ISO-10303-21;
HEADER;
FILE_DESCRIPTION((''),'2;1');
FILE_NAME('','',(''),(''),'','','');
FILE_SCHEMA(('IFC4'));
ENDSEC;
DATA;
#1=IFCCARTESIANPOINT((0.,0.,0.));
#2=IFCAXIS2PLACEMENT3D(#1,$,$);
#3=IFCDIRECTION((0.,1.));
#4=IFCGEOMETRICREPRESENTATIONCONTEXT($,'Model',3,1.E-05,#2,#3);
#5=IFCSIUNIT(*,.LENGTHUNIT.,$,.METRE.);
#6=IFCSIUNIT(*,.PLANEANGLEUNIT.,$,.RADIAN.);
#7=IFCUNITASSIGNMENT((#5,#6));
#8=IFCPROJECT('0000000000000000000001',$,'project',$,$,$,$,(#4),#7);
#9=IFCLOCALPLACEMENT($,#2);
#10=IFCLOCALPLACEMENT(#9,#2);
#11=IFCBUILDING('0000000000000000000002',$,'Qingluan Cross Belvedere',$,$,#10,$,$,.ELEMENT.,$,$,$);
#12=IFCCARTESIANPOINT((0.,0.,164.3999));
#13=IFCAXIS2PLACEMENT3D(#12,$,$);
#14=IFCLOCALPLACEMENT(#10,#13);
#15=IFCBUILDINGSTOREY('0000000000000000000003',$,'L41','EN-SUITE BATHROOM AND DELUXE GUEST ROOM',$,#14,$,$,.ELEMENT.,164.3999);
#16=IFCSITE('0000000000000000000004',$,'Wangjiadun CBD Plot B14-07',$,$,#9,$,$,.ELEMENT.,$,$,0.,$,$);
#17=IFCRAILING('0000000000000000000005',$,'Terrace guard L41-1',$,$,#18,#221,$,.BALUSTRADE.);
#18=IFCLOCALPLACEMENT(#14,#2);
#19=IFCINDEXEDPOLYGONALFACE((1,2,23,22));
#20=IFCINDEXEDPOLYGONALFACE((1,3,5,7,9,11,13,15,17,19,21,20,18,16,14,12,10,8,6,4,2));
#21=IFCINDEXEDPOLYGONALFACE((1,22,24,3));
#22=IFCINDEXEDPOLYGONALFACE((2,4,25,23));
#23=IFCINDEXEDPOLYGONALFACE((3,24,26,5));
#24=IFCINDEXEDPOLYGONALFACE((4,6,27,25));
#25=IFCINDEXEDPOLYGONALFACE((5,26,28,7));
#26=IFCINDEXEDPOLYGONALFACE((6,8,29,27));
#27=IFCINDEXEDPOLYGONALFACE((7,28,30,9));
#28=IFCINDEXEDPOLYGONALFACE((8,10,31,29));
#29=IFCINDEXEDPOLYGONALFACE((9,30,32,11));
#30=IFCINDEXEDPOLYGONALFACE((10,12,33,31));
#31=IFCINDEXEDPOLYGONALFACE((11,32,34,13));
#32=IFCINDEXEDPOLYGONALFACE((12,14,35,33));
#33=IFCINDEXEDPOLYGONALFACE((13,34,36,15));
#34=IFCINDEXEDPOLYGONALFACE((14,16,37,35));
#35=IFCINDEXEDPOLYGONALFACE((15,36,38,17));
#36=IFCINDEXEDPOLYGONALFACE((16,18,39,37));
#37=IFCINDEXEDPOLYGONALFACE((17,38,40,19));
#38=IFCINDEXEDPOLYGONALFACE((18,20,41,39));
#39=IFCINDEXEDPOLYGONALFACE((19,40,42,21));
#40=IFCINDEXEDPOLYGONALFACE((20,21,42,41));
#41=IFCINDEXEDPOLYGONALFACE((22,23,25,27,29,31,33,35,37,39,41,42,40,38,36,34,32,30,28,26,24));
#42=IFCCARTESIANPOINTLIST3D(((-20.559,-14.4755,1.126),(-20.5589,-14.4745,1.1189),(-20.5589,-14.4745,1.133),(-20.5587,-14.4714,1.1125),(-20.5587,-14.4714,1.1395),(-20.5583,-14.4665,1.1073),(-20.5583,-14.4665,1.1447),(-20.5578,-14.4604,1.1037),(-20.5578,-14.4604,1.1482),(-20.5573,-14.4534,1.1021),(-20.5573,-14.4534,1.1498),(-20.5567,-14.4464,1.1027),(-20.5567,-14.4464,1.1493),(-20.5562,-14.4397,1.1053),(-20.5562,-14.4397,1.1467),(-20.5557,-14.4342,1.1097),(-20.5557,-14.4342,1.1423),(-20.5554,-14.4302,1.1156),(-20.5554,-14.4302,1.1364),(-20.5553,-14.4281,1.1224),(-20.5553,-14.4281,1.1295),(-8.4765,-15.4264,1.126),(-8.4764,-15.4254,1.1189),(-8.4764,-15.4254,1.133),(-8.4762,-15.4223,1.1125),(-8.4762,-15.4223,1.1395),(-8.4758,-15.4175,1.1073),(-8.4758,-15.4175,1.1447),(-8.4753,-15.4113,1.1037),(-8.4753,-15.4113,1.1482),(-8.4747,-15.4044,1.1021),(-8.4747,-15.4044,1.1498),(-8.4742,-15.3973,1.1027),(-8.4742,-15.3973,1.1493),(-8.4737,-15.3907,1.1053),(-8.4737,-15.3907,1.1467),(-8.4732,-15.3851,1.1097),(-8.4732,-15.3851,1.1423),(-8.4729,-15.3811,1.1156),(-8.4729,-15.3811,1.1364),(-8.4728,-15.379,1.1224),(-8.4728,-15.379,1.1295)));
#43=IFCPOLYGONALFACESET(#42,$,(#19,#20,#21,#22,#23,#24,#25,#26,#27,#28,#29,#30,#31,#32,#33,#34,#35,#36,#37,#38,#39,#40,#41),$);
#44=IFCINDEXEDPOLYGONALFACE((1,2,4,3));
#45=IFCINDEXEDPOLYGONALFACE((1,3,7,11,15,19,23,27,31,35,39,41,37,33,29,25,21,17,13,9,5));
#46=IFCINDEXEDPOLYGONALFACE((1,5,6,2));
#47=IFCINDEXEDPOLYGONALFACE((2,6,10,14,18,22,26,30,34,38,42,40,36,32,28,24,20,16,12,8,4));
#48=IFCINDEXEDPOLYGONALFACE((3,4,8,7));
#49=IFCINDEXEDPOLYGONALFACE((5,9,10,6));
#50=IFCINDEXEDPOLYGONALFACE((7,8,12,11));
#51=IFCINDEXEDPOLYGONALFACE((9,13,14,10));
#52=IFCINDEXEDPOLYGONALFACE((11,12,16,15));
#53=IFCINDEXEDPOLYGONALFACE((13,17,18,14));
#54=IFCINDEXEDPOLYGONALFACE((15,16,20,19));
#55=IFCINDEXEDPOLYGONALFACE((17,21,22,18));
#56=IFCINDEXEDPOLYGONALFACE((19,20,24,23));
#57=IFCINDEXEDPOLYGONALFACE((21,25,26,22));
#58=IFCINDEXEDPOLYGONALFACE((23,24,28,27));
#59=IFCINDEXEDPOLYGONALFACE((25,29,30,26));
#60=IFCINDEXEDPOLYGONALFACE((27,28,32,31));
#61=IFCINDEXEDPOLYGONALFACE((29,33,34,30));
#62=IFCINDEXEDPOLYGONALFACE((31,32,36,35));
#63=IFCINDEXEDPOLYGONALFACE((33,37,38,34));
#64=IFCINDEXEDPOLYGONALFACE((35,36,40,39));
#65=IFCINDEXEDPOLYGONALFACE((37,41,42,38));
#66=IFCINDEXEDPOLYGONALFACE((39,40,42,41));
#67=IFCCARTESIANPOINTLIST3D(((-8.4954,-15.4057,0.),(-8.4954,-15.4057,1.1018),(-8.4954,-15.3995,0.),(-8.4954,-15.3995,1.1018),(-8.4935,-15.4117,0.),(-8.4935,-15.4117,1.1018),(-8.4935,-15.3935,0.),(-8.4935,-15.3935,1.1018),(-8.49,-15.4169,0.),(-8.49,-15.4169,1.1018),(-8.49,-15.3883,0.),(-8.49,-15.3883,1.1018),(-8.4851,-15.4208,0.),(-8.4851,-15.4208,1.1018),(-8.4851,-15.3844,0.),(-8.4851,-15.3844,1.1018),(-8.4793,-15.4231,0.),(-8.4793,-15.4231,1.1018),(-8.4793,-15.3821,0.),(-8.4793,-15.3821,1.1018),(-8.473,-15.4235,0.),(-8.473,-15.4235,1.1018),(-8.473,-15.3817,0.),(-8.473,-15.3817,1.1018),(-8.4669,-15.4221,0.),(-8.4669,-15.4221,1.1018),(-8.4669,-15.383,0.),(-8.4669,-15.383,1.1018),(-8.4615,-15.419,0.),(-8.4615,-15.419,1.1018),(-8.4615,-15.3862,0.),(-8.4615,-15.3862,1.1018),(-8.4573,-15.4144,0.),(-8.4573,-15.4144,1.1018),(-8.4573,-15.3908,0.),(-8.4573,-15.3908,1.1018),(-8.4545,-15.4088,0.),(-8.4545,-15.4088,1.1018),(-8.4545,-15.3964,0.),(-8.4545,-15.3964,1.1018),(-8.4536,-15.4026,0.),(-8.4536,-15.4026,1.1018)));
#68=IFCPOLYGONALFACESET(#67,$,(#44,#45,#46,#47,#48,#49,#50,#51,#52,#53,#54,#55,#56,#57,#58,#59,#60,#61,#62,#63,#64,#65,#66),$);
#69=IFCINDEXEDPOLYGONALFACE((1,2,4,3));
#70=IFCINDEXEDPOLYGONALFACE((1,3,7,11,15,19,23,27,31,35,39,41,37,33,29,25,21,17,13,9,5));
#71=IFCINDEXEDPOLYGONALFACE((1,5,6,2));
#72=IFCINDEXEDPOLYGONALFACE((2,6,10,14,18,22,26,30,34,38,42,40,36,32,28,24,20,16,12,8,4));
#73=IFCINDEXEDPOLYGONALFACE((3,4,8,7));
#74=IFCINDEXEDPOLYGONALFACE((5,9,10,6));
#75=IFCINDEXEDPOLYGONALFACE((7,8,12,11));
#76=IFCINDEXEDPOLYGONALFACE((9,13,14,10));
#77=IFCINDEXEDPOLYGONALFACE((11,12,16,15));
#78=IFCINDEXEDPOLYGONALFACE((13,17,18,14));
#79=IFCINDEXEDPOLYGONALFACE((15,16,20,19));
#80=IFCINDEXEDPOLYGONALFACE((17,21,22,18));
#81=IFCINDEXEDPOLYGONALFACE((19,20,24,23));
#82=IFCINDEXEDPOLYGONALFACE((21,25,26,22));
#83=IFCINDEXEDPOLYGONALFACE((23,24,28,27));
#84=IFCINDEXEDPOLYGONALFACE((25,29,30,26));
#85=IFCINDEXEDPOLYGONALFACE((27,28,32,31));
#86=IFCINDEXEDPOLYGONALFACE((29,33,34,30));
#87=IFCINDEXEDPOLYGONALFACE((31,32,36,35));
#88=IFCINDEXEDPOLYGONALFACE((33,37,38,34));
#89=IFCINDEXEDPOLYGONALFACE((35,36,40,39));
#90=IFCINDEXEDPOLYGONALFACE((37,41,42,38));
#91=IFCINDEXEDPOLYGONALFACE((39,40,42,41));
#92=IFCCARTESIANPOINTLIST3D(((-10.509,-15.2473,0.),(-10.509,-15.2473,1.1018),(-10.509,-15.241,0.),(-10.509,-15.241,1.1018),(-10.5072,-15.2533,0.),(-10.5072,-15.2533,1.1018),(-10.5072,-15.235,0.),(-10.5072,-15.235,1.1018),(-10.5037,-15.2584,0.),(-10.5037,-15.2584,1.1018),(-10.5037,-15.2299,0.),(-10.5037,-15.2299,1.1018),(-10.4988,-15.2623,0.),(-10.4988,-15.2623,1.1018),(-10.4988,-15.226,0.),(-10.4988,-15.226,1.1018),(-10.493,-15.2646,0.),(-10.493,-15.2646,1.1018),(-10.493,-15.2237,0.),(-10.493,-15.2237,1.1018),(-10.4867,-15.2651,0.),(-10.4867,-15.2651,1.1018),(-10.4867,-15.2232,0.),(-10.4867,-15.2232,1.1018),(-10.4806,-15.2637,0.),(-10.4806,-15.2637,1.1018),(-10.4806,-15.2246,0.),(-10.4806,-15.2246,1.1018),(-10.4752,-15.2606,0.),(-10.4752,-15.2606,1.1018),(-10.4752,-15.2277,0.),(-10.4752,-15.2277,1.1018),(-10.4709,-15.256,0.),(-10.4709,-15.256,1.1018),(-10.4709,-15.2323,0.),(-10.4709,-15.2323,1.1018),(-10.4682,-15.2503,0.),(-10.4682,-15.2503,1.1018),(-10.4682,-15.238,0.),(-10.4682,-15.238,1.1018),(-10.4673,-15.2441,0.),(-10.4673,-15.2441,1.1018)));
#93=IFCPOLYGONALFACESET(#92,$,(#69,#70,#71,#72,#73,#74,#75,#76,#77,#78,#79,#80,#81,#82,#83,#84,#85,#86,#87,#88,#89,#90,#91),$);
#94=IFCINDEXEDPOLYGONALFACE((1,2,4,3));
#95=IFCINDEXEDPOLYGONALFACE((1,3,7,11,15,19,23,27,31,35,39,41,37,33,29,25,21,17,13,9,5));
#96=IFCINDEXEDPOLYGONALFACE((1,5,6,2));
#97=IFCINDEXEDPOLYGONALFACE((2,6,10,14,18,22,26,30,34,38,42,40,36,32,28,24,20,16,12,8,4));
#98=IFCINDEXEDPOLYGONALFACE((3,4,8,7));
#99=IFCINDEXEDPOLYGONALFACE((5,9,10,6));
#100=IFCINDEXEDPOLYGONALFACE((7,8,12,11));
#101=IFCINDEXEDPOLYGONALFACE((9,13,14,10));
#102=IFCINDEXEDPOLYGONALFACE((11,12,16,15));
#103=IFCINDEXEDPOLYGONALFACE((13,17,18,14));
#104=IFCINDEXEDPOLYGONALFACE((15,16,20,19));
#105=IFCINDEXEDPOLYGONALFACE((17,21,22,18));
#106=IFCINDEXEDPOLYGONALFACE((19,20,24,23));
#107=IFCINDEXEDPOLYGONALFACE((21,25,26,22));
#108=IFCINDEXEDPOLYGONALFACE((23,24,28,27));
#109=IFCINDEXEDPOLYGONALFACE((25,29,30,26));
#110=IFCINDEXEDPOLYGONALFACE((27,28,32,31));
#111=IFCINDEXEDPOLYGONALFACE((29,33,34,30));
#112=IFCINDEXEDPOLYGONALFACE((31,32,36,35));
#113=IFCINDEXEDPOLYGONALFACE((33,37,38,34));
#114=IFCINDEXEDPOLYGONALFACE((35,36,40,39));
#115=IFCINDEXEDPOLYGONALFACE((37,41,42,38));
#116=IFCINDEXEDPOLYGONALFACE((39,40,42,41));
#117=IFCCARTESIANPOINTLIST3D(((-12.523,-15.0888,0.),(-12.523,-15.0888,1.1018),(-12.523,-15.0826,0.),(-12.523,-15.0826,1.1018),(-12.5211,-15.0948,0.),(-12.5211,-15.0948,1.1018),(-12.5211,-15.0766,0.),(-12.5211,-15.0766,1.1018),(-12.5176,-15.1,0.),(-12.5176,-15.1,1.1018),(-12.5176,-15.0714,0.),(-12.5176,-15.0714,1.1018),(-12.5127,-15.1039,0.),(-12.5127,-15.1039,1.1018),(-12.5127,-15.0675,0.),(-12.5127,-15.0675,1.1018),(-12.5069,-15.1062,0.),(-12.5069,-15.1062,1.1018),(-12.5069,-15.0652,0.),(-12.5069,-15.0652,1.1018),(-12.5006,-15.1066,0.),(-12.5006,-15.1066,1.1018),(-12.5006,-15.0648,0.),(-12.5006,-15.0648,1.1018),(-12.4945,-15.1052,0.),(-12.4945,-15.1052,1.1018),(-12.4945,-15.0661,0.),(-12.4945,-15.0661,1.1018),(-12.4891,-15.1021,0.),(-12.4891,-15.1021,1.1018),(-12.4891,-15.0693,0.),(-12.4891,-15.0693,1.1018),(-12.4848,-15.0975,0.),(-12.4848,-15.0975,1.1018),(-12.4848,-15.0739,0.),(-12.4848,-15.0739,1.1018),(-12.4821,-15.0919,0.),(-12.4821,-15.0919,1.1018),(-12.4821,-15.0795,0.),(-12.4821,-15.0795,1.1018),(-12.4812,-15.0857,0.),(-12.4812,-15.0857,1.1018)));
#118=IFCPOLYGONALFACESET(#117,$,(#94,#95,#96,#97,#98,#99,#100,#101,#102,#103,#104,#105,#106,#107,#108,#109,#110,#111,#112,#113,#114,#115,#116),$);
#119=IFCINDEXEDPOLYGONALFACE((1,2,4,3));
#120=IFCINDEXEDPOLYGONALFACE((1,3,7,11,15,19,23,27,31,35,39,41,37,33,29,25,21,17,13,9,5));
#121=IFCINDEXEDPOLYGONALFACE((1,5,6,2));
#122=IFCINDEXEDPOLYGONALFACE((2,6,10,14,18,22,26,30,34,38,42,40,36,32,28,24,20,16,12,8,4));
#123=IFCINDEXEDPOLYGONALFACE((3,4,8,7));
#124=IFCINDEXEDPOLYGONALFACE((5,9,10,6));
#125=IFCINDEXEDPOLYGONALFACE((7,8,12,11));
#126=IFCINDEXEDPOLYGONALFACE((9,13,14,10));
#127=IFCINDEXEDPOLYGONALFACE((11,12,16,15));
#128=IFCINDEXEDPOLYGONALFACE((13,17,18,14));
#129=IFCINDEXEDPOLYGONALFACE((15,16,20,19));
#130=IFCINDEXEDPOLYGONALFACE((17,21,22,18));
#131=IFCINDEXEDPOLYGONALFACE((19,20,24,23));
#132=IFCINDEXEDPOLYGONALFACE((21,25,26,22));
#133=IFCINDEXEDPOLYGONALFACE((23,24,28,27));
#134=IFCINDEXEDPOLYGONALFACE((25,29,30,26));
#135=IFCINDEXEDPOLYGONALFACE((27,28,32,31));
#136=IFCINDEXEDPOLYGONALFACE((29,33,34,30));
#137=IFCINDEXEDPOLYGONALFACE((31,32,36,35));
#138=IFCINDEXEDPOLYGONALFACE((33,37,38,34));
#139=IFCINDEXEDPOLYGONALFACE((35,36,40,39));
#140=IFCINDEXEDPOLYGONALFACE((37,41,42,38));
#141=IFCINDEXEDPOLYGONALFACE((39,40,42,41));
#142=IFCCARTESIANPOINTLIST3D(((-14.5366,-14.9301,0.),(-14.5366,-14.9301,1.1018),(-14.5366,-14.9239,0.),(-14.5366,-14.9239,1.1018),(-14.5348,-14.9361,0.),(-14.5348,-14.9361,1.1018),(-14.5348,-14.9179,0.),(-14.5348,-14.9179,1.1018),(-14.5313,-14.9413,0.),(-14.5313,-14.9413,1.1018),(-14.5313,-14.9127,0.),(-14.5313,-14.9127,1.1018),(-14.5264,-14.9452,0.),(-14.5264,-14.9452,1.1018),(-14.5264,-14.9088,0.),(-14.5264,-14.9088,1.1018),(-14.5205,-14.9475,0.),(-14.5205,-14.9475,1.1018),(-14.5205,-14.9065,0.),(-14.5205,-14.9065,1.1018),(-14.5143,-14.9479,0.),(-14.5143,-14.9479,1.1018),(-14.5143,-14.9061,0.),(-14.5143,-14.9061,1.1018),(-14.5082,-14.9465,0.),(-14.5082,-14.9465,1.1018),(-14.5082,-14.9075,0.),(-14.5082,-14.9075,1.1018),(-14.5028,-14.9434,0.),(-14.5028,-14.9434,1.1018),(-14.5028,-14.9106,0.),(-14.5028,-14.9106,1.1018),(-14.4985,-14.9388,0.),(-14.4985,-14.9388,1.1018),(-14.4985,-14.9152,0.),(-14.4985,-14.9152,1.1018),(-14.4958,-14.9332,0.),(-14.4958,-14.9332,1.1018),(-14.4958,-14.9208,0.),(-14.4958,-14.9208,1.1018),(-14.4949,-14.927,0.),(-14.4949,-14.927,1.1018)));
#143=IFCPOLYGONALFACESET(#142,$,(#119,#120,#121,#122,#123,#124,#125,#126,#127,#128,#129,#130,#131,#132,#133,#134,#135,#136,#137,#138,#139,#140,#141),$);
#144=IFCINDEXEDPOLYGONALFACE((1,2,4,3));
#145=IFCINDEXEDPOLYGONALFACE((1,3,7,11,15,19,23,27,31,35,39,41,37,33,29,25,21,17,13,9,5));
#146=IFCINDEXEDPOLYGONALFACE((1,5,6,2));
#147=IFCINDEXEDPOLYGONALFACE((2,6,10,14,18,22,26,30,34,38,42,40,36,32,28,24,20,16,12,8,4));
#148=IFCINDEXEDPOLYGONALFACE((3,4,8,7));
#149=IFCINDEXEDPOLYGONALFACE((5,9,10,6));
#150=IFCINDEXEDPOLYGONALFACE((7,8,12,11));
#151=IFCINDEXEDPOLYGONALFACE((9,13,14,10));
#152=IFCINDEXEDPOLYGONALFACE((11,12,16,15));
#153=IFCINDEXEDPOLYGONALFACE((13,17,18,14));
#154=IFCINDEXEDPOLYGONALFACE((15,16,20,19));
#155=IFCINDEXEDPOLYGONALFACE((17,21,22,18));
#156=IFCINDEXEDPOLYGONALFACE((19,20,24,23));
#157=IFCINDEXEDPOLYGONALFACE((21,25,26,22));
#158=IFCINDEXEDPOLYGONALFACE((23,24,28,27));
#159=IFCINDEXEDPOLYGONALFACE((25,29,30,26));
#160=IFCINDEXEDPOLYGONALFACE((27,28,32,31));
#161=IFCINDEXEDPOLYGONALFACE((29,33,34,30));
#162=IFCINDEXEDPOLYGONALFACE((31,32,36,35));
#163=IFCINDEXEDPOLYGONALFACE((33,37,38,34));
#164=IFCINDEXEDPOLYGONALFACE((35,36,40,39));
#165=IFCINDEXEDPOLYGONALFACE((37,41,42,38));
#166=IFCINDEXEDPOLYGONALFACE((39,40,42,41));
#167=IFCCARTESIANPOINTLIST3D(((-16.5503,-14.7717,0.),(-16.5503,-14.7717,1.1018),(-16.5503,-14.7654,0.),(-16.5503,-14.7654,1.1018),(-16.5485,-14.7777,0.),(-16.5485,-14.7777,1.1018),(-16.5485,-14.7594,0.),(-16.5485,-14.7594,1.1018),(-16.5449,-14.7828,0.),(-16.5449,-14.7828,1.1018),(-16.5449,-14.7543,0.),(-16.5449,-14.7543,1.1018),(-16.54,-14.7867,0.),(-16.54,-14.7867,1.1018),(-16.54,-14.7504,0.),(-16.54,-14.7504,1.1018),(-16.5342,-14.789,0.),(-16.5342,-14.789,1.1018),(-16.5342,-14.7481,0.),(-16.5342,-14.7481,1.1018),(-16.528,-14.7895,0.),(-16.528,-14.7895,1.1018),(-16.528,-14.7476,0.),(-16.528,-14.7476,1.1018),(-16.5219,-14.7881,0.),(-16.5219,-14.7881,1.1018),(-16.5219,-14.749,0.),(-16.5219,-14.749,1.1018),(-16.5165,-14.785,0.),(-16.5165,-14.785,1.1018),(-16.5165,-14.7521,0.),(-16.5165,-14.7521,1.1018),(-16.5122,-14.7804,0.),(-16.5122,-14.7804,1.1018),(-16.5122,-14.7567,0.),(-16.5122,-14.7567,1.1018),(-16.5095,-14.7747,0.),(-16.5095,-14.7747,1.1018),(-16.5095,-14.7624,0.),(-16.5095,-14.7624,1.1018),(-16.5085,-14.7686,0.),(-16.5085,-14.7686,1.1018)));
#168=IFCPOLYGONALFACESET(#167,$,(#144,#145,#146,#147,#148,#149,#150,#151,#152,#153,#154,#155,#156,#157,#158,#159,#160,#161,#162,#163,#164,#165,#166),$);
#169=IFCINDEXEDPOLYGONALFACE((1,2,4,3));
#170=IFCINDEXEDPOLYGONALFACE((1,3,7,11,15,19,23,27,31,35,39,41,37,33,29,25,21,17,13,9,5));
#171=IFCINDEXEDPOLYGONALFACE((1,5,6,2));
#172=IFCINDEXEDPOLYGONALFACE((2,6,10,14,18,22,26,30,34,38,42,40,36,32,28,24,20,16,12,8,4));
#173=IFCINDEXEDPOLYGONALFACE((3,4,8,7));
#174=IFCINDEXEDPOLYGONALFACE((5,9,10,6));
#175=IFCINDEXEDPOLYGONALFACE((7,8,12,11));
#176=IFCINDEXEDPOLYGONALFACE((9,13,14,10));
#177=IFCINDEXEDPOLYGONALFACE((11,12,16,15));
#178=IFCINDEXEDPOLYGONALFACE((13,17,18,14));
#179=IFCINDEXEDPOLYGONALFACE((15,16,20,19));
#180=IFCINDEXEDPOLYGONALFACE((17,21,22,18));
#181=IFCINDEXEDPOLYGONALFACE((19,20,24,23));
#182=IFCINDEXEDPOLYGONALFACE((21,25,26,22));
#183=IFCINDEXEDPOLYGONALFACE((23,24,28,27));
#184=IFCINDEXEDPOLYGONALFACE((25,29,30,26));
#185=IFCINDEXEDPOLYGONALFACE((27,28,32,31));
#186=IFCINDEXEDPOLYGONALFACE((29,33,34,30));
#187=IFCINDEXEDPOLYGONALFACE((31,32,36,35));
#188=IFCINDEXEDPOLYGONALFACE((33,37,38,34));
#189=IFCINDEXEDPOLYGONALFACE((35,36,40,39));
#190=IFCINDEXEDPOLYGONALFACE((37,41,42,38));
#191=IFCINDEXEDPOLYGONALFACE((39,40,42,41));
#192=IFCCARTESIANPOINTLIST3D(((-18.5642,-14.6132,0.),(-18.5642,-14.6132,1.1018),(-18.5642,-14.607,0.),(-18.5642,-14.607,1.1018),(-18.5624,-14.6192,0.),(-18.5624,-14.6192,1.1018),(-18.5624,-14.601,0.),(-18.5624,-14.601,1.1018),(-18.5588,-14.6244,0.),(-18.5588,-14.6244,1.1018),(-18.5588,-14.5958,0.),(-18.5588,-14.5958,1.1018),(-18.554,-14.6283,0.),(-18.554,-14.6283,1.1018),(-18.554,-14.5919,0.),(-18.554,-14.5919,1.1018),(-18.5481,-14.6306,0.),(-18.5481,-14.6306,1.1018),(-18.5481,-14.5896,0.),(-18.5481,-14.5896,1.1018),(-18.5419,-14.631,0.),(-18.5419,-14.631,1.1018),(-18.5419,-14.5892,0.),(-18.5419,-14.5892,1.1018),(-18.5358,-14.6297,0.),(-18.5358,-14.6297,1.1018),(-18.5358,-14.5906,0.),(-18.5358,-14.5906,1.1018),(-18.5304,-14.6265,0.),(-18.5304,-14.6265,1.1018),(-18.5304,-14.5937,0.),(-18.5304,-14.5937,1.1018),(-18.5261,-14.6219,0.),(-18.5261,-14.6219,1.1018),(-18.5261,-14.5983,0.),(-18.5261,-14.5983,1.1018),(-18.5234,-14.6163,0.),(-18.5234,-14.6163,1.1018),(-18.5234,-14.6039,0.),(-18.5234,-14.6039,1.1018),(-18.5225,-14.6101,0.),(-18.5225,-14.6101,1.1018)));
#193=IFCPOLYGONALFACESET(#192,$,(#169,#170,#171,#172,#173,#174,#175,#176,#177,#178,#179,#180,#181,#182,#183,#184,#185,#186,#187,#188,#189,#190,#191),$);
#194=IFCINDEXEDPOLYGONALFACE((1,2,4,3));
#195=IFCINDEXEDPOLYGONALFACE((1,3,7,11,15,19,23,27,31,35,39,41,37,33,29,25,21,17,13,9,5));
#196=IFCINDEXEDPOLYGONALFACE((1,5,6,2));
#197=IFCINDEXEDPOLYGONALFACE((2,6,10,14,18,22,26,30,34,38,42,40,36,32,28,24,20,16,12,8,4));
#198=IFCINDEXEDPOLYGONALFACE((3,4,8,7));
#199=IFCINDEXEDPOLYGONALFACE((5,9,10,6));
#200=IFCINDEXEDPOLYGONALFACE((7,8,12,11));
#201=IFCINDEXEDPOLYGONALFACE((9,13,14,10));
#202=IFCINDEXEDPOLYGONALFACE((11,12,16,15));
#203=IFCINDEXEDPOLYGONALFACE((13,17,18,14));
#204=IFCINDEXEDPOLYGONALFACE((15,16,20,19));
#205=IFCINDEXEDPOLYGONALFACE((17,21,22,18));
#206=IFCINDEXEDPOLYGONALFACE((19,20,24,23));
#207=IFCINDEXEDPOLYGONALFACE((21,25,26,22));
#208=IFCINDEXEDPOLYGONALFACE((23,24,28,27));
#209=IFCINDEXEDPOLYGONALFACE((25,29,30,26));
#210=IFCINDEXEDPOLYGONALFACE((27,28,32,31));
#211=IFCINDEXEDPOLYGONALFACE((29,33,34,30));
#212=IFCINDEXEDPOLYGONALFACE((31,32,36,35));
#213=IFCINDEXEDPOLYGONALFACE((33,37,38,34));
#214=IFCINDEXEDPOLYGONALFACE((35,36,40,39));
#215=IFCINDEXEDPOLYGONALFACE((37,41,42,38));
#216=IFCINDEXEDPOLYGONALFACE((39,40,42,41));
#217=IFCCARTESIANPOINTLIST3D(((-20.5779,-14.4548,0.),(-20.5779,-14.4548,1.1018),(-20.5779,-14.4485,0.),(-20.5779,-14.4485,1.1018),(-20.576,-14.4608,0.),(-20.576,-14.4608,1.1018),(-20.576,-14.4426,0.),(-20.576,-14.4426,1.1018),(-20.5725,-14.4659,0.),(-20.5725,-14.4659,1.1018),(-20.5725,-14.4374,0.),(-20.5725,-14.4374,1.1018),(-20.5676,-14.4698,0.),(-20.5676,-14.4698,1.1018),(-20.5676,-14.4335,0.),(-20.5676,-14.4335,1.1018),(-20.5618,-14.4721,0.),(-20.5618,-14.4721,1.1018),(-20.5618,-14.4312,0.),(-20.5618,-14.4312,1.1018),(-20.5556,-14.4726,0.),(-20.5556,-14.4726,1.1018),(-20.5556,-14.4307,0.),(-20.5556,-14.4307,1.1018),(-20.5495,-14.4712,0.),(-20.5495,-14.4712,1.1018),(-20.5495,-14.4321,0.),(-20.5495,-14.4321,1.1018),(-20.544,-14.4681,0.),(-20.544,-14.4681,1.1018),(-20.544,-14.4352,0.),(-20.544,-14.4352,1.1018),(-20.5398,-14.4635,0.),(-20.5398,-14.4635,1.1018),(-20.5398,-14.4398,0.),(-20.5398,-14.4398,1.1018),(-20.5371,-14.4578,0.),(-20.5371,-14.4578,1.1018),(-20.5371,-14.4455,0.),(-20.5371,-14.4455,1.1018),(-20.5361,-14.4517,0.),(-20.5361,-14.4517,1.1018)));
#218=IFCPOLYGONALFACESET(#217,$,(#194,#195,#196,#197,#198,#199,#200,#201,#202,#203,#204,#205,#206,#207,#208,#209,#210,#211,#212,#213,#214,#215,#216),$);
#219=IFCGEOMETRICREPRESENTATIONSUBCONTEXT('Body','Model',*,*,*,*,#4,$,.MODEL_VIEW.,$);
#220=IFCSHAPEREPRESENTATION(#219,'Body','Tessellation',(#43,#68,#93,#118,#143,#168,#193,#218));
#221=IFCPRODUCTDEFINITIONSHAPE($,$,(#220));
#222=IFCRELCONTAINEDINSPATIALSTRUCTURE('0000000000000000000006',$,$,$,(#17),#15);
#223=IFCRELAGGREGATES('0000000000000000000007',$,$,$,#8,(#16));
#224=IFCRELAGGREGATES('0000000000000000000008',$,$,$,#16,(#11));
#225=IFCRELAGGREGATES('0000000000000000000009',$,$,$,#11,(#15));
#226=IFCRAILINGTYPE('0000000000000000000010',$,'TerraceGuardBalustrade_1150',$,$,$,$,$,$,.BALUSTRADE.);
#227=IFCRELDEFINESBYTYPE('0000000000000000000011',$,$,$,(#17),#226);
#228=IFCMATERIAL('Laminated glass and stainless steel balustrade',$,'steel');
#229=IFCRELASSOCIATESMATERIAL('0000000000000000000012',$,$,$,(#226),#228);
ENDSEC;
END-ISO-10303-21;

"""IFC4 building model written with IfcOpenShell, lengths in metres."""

from ifc_helpers import new_model, si_unit, direction, frame, origin, origin_2d, place, context, subcontext, project, spatial, circle, extrude, material, type_object, element, save


model = new_model("IFC4")

# Units and contexts
model_context = context("Model", 3, precision=1e-05, world=origin(), true_north=direction((0.0, 1.0)))
body_context = subcontext(model_context, "Body", "Model", "MODEL_VIEW")
ifc_project = project(units=[si_unit("LENGTHUNIT", "METRE"), si_unit("PLANEANGLEUNIT", "RADIAN")], contexts=[model_context])

# Site, building, storey
site_placement = place(None, origin())
site = spatial("IfcSite", under=ifc_project, at=site_placement, Name="Wangjiadun CBD Plot B14-07", CompositionType="ELEMENT", RefElevation=0.0)
building_placement = place(site_placement, origin())
building = spatial("IfcBuilding", under=site, at=building_placement, Name="Qingluan Cross Belvedere", CompositionType="ELEMENT")
storey_placement = place(building_placement, frame((0.0, 0.0, 164.3999)))
storey = spatial("IfcBuildingStorey", under=building, at=storey_placement, Name="L41", Description="EN-SUITE BATHROOM AND DELUXE GUEST ROOM", CompositionType="ELEMENT", Elevation=164.3999)

# Railing
ifc_material_1 = material(Name="Laminated glass and stainless steel balustrade", Category="steel")
railing_type = type_object("IfcRailingType", Name="TerraceGuardBalustrade_1150", PredefinedType="BALUSTRADE", material=ifc_material_1)
railing_1_placement = place(storey_placement, frame((-8.4746, -15.4026, 0.0)))
element("IfcRailing", 1, at=railing_1_placement, inside=storey, type_object=railing_type, Name="Terrace guard L41-1", PredefinedType="BALUSTRADE", context=body_context, shape_type="SweptSolid", body=[
    extrude(circle(Radius=0.0239, at=origin_2d()), frame((0.0, 0.0, 1.126), z_axis=(-0.996917, 0.07846, 0.0), x_axis=(-0.07846, -0.996917, 0.0)), (0.0, 0.0, 1.0), 12.1199),
    extrude(circle(Radius=0.021, at=origin_2d()), origin(), (0.0, 0.0, 1.0), 1.1018),
    extrude(circle(Radius=0.021, at=origin_2d()), frame((-2.0137, 0.1584, 0.0)), (0.0, 0.0, 1.0), 1.1018),
    extrude(circle(Radius=0.021, at=origin_2d()), frame((-4.0276, 0.3169, 0.0)), (0.0, 0.0, 1.0), 1.1018),
    extrude(circle(Radius=0.021, at=origin_2d()), frame((-6.0413, 0.4756, 0.0)), (0.0, 0.0, 1.0), 1.1018),
    extrude(circle(Radius=0.021, at=origin_2d()), frame((-8.0549, 0.634, 0.0)), (0.0, 0.0, 1.0), 1.1018),
    extrude(circle(Radius=0.021, at=origin_2d()), frame((-10.0688, 0.7925, 0.0)), (0.0, 0.0, 1.0), 1.1018),
    extrude(circle(Radius=0.021, at=origin_2d()), frame((-12.0825, 0.9509, 0.0)), (0.0, 0.0, 1.0), 1.1018),
])

save(model, "model.ifc")
